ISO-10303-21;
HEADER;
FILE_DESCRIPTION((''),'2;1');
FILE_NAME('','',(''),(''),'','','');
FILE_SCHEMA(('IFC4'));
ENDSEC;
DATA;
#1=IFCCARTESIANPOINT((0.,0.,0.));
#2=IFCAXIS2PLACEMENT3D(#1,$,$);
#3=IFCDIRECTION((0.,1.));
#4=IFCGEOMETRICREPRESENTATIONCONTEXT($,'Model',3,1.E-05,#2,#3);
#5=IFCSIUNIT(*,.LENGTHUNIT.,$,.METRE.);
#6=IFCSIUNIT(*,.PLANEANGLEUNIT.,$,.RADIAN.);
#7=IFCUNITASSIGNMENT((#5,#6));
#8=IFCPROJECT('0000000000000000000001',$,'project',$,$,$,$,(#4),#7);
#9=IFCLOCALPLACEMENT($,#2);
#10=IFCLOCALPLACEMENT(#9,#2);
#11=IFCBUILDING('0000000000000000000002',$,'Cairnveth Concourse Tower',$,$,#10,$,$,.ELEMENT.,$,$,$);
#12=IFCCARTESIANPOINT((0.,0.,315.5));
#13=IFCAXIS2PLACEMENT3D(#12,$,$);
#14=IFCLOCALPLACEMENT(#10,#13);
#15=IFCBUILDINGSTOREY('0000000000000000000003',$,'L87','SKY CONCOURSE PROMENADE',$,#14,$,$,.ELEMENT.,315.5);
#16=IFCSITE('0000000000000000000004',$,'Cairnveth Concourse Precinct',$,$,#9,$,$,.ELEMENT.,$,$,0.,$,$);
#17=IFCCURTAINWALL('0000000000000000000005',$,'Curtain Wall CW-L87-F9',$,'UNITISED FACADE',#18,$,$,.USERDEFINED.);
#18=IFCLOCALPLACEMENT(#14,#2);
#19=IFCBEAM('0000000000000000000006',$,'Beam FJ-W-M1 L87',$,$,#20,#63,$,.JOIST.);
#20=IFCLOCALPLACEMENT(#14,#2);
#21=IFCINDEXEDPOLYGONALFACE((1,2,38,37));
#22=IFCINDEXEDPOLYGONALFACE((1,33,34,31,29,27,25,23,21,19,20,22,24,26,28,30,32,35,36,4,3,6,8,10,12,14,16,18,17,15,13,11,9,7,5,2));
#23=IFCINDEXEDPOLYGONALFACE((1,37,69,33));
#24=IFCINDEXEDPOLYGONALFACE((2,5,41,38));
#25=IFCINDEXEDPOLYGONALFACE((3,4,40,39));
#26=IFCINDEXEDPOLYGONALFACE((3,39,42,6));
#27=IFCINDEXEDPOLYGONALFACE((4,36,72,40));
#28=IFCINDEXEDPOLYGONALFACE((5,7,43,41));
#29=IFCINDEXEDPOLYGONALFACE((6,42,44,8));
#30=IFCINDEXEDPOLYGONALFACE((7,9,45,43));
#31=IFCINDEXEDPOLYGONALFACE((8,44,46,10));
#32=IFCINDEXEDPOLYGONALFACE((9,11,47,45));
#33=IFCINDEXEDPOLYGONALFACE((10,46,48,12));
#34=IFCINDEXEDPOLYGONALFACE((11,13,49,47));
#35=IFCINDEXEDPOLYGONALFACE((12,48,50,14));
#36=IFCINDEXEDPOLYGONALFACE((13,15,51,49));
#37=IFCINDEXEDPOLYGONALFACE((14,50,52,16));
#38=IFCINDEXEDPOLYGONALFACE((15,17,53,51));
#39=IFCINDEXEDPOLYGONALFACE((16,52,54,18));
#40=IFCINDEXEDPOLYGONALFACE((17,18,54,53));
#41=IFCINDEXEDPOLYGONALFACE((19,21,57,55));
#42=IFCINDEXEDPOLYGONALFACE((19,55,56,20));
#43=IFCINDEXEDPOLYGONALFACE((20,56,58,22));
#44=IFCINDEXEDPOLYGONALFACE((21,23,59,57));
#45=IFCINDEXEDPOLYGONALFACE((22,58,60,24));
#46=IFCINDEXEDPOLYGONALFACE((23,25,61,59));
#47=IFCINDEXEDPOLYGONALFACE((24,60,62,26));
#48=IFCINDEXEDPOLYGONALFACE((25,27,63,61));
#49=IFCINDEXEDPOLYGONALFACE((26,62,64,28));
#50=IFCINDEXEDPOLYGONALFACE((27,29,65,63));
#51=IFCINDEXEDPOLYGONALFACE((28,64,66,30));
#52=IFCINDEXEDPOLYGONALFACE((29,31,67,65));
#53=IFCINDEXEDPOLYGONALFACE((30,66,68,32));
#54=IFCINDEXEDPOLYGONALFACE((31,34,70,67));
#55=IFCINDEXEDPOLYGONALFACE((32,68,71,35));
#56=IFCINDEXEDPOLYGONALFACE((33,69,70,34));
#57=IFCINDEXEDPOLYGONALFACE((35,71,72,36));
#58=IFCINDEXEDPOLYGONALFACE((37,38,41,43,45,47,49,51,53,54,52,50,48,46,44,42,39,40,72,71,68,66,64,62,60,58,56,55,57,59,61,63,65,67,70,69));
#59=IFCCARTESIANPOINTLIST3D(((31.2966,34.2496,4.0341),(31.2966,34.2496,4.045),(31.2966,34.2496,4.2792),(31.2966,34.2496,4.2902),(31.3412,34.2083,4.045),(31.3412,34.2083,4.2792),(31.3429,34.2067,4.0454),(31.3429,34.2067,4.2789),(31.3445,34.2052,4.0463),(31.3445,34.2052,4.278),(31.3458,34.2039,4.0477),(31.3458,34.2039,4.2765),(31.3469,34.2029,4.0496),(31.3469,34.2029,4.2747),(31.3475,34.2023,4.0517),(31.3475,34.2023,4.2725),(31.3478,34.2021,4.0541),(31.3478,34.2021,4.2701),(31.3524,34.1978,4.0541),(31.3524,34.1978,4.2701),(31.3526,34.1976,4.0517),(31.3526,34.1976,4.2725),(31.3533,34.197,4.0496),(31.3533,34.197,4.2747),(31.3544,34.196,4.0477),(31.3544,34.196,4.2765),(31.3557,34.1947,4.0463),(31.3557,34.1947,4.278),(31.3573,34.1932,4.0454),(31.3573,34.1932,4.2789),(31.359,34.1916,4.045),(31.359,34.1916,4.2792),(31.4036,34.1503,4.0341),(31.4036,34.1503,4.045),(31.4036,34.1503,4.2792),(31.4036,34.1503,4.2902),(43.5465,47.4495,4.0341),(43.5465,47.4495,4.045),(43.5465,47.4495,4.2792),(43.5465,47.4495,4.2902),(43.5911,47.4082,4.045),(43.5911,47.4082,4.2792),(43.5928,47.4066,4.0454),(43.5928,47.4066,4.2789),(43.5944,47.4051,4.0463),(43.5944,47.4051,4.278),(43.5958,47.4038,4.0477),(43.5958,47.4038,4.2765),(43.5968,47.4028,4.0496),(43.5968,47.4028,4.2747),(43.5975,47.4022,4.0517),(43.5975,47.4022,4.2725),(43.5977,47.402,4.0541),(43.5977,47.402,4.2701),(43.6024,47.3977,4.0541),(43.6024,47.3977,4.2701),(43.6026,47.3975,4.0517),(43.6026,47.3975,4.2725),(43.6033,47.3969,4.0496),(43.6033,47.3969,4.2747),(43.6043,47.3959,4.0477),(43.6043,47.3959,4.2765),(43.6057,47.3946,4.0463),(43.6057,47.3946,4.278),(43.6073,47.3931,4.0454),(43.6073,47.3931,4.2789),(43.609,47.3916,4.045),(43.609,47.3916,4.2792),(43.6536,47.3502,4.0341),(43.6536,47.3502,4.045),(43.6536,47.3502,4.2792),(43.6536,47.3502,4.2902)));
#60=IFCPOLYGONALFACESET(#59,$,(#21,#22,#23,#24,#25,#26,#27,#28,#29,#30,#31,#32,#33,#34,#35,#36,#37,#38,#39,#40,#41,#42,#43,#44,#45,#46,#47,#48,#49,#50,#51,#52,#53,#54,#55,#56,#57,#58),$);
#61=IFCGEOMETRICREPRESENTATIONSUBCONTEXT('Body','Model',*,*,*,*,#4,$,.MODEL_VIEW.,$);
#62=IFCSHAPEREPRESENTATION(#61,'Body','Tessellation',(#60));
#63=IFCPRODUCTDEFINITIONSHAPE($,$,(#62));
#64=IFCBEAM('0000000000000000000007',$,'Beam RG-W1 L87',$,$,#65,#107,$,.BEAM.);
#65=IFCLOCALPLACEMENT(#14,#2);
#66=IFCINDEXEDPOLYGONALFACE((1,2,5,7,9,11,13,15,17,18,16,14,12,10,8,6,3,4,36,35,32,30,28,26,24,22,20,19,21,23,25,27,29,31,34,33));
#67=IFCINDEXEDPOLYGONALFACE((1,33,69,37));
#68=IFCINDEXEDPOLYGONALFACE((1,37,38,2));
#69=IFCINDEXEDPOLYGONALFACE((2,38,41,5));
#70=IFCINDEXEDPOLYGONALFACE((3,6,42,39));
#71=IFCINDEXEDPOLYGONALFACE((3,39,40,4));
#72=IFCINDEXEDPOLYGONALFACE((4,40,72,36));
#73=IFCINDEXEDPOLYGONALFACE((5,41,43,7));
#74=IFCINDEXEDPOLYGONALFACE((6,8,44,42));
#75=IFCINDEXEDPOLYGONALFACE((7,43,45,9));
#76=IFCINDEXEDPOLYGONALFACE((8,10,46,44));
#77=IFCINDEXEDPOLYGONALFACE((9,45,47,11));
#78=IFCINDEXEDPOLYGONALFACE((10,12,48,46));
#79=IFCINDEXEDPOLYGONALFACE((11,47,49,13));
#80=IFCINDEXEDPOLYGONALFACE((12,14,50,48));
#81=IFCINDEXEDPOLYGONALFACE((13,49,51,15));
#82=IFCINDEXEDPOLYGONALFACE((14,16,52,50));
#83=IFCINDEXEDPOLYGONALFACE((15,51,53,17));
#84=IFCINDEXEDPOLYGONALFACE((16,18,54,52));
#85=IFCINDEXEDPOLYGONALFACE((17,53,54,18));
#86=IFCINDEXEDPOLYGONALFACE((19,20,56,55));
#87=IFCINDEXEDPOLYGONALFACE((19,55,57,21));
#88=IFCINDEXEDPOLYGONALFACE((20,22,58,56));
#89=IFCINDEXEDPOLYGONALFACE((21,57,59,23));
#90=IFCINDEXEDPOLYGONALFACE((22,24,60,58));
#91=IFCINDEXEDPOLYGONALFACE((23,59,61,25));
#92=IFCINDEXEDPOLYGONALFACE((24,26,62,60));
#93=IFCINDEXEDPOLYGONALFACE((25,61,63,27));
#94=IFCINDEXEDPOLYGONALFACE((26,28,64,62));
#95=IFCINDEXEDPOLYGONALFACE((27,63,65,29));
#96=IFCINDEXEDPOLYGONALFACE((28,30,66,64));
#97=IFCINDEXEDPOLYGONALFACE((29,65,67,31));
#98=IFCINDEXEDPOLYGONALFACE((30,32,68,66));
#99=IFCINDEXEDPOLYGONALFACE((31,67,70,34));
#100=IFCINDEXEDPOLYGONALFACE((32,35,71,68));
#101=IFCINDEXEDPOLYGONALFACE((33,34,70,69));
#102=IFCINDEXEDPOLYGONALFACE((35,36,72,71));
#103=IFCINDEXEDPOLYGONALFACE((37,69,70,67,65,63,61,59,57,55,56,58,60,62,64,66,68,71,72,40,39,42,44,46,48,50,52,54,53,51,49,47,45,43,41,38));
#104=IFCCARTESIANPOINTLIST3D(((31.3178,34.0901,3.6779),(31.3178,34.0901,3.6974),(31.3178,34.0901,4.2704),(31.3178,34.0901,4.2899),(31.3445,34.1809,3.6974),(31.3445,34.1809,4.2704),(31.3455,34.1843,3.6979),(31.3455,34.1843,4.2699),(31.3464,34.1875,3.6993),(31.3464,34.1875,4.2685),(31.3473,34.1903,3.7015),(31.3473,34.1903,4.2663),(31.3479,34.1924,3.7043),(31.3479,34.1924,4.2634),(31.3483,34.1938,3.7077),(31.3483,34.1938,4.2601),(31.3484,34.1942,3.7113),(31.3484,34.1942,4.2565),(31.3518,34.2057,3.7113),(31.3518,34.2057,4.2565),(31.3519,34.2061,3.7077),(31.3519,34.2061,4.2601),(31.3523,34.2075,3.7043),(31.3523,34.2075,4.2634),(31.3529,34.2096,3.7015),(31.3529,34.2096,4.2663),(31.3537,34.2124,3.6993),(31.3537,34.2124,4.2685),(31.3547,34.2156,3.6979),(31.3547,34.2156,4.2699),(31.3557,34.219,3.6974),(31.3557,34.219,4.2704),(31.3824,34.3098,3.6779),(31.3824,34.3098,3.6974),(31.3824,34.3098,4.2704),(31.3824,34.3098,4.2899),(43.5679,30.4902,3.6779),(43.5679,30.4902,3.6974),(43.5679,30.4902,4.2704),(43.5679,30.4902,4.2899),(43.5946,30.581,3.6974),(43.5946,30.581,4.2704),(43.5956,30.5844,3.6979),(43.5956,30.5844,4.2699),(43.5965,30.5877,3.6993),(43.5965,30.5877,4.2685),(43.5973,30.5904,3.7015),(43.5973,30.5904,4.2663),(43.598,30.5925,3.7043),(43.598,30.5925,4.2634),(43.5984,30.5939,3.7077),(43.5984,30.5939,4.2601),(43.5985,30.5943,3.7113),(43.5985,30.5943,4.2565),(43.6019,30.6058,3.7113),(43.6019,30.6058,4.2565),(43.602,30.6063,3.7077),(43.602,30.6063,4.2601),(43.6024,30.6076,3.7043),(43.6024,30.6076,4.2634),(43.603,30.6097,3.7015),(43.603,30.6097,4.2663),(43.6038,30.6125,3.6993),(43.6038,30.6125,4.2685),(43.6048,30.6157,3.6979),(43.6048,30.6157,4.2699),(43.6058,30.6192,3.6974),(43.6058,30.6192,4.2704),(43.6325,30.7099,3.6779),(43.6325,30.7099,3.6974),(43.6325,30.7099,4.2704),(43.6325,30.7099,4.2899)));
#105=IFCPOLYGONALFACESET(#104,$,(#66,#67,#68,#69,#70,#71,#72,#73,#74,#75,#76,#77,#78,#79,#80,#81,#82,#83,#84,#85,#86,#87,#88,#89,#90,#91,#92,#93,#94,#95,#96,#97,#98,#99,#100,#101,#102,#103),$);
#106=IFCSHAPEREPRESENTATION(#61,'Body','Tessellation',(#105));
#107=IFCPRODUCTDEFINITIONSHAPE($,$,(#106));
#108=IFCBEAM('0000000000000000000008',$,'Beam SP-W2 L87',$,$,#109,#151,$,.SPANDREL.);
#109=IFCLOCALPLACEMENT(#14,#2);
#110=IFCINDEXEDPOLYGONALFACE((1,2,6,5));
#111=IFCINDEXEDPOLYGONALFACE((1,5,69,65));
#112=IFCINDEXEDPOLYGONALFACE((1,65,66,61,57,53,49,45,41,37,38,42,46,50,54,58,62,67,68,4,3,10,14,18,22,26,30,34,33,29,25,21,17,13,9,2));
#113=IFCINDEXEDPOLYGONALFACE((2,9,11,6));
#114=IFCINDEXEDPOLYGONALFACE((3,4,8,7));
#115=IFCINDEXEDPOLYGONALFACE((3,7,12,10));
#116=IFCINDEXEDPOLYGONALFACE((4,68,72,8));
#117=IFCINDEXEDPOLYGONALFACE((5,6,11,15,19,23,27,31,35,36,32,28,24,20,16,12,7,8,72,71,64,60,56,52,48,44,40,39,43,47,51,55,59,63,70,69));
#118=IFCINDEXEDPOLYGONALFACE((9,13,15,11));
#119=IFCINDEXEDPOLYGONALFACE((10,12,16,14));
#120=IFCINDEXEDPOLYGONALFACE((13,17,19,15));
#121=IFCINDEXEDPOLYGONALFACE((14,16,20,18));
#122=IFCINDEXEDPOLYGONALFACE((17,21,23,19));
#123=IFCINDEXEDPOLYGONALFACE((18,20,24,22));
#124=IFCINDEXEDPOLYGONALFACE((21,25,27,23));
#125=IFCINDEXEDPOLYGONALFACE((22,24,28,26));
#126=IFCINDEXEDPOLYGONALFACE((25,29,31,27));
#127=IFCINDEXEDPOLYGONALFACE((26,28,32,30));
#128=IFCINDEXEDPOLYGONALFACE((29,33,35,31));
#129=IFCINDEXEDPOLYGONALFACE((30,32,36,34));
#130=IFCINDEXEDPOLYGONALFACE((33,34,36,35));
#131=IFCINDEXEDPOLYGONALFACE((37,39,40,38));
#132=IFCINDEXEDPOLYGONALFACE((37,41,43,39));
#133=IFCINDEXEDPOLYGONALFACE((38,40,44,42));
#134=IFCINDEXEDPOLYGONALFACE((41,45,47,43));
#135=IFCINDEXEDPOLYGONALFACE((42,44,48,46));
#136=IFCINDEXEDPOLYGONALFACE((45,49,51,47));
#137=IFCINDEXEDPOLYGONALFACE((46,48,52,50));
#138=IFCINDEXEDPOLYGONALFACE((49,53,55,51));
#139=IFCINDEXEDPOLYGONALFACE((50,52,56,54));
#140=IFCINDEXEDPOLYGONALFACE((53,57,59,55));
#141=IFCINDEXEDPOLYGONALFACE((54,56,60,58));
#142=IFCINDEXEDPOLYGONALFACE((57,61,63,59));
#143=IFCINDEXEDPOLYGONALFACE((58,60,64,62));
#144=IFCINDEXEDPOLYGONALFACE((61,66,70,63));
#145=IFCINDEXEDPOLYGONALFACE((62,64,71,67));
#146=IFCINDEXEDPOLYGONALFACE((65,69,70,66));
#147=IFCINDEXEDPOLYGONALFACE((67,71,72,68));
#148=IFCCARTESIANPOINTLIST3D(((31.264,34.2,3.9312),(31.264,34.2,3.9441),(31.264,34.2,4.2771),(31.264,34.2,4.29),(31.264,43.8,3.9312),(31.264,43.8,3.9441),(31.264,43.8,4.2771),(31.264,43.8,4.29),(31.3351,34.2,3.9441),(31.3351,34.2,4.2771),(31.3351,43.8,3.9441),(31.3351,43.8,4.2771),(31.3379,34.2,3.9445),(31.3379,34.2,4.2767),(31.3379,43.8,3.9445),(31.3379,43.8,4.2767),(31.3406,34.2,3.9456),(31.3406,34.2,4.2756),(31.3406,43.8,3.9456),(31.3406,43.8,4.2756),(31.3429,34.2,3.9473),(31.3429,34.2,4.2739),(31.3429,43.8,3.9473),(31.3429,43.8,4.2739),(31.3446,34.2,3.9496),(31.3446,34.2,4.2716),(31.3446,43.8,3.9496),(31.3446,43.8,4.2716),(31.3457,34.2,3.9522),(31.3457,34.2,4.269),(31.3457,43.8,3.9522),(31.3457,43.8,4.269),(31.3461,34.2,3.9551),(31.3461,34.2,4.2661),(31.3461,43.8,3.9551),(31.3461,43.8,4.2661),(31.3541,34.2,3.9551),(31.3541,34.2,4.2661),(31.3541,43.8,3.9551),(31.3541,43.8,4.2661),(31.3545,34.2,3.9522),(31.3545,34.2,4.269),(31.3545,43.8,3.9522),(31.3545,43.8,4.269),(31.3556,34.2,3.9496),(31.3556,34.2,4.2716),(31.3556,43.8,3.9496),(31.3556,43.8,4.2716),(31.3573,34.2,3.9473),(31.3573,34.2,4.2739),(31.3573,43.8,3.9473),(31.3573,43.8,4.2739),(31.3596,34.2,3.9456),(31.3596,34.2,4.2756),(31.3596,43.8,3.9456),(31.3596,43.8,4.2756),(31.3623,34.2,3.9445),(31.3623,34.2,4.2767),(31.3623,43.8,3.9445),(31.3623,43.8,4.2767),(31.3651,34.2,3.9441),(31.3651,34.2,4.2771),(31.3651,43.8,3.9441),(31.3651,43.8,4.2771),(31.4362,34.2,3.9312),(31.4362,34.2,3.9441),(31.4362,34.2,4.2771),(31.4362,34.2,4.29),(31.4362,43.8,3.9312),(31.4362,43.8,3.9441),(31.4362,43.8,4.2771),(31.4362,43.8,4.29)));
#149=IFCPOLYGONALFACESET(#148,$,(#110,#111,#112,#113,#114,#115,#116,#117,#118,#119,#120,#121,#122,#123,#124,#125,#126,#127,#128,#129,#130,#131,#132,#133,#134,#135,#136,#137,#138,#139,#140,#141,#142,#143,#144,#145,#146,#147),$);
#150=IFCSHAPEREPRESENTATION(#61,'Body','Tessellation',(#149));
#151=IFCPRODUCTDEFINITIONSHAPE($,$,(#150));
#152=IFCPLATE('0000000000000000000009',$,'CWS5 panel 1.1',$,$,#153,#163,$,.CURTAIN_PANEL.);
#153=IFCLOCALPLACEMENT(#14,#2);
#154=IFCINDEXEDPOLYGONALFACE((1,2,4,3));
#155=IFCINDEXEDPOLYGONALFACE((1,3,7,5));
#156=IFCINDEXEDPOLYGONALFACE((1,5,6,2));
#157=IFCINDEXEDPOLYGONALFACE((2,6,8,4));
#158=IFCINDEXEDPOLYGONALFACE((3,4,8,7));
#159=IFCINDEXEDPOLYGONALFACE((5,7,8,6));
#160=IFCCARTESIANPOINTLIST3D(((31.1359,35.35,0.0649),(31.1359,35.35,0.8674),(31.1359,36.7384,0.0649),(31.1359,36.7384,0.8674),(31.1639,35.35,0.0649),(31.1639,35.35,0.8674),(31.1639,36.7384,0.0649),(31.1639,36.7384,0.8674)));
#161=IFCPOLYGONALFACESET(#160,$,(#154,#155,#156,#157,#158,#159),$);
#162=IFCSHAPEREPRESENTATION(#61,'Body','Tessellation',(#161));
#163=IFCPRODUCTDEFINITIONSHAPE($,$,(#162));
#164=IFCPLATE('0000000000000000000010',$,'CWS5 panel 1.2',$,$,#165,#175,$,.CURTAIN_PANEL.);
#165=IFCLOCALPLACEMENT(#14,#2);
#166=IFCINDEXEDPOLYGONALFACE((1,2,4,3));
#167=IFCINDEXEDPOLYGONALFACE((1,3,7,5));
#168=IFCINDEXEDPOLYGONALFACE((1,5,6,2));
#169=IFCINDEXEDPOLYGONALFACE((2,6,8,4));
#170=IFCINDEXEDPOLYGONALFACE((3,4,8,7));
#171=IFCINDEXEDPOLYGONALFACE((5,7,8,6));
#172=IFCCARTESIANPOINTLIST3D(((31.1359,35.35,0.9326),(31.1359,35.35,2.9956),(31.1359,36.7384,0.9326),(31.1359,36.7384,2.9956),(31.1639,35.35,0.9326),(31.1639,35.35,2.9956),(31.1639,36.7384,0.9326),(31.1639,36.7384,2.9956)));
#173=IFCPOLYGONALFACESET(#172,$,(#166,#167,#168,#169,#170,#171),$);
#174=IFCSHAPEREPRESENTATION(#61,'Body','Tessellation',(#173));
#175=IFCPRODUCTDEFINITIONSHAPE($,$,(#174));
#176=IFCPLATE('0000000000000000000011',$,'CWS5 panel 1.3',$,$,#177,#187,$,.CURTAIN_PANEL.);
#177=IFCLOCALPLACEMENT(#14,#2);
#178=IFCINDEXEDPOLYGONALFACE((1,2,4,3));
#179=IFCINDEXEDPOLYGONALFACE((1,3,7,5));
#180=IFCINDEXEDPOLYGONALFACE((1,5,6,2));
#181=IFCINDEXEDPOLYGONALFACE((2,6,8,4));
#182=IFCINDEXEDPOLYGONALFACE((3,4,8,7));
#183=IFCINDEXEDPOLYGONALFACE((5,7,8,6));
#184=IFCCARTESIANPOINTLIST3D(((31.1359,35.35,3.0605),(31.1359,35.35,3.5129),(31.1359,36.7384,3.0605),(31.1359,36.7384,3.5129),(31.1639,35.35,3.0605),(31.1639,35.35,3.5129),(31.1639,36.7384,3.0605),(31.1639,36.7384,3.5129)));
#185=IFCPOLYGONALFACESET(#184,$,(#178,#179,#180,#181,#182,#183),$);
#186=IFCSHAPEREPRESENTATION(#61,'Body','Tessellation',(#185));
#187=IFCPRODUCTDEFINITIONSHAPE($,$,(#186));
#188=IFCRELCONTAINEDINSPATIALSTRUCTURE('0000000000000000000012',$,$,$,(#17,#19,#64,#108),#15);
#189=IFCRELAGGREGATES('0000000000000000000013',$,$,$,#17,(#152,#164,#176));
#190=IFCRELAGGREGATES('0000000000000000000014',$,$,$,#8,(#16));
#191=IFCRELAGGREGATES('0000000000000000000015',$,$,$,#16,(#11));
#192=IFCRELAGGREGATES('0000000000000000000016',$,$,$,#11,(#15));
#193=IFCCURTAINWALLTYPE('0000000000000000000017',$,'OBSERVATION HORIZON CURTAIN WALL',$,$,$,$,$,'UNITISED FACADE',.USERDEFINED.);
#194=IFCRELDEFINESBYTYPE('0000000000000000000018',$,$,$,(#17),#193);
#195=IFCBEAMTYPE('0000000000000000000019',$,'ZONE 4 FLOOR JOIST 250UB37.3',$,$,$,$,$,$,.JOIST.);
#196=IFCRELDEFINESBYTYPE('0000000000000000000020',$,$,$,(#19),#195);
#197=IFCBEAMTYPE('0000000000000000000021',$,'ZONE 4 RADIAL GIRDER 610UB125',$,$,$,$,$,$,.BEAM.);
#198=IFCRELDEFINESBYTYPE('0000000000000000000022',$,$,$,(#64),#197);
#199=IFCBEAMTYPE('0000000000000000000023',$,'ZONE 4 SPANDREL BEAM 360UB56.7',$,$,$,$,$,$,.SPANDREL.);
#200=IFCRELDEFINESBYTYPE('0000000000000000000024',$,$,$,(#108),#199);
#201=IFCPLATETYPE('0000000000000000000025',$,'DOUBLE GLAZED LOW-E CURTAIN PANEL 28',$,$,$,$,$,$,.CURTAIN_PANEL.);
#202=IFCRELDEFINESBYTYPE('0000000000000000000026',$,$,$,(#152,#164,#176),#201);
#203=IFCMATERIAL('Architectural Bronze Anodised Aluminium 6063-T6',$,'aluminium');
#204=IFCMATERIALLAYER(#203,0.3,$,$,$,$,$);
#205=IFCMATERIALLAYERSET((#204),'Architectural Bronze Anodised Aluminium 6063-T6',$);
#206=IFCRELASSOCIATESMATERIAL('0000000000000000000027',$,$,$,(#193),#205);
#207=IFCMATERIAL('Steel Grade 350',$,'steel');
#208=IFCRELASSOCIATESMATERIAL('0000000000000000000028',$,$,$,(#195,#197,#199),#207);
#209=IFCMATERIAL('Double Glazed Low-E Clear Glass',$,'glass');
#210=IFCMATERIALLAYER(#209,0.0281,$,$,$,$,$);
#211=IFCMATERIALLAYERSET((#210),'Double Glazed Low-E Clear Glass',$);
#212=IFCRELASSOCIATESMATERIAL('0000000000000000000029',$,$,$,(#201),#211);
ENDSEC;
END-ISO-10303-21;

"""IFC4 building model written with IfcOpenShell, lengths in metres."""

from ifc_helpers import new_model, si_unit, direction, frame, origin, origin_2d, place, context, subcontext, project, spatial, rectangle, i_section, extrude, material, layer, layer_set, material_profile, profile_set, type_object, element, aggregate, save


model = new_model("IFC4")

# Units and contexts
model_context = context("Model", 3, precision=1e-05, world=origin(), true_north=direction((0.0, 1.0)))
body_context = subcontext(model_context, "Body", "Model", "MODEL_VIEW")
ifc_project = project(units=[si_unit("LENGTHUNIT", "METRE"), si_unit("PLANEANGLEUNIT", "RADIAN")], contexts=[model_context])

# Site, building, storey
site_placement = place(None, origin())
site = spatial("IfcSite", under=ifc_project, at=site_placement, Name="Cairnveth Concourse Precinct", CompositionType="ELEMENT", RefElevation=0.0)
building_placement = place(site_placement, origin())
building = spatial("IfcBuilding", under=site, at=building_placement, Name="Cairnveth Concourse Tower", CompositionType="ELEMENT")
storey_placement = place(building_placement, frame((0.0, 0.0, 315.5)))
storey = spatial("IfcBuildingStorey", under=building, at=storey_placement, Name="L87", Description="SKY CONCOURSE PROMENADE", CompositionType="ELEMENT", Elevation=315.5)

# Curtain wall
ifc_material_1 = material(Name="Architectural Bronze Anodised Aluminium 6063-T6", Category="aluminium")
ifc_layer_1 = layer(ifc_material_1, 0.3)
ifc_layer_set_1 = layer_set([ifc_layer_1], Name="Architectural Bronze Anodised Aluminium 6063-T6")
curtain_wall_type = type_object("IfcCurtainWallType", Name="OBSERVATION HORIZON CURTAIN WALL", ElementType="UNITISED FACADE", PredefinedType="USERDEFINED", material=ifc_layer_set_1)
curtain_wall_placement = place(storey_placement, origin())
curtain_wall = element("IfcCurtainWall", 1, at=curtain_wall_placement, inside=storey, type_object=curtain_wall_type, Name="Curtain Wall CW-L87-F9", ObjectType="UNITISED FACADE", PredefinedType="USERDEFINED")

# Beams
ifc_material_2 = material(Name="Steel Grade 350", Category="steel")
ifc_material_profile_1 = material_profile(ifc_material_2, i_section(OverallWidth=0.146, OverallDepth=0.2561, WebThickness=0.0063, FlangeThickness=0.011, FilletRadius=0.009, at=origin_2d()), Name="250UB37.3")
ifc_profile_set_1 = profile_set([ifc_material_profile_1], Name="Steel Grade 350")
beam_type_1 = type_object("IfcBeamType", Name="ZONE 4 FLOOR JOIST 250UB37.3", PredefinedType="JOIST", material=ifc_profile_set_1)
beam_1_placement = place(storey_placement, frame((31.3501, 34.2, 4.1621), z_axis=(0.680239, 0.73299, 0.0), x_axis=(-0.73299, 0.680239, 0.0)))
element("IfcBeam", 2, at=beam_1_placement, inside=storey, type_object=beam_type_1, Name="Beam FJ-W-M1 L87", PredefinedType="JOIST", context=body_context, shape_type="SweptSolid", body=[
    extrude(i_section(OverallWidth=0.146, OverallDepth=0.2561, WebThickness=0.0063, FlangeThickness=0.011, FilletRadius=0.009, at=origin_2d()), origin(), (0.0, 0.0, 1.0), 18.0083),
])
ifc_material_profile_2 = material_profile(ifc_material_2, i_section(OverallWidth=0.229, OverallDepth=0.6121, WebThickness=0.012, FlangeThickness=0.0195, FilletRadius=0.0139, at=origin_2d()), Name="610UB125")
ifc_profile_set_2 = profile_set([ifc_material_profile_2], Name="Steel Grade 350")
beam_type_2 = type_object("IfcBeamType", Name="ZONE 4 RADIAL GIRDER 610UB125", PredefinedType="BEAM", material=ifc_profile_set_2)
beam_2_placement = place(storey_placement, frame((31.3501, 34.2, 3.9839), z_axis=(0.959431, -0.281944, 0.0), x_axis=(0.281944, 0.959431, 0.0)))
element("IfcBeam", 3, at=beam_2_placement, inside=storey, type_object=beam_type_2, Name="Beam RG-W1 L87", PredefinedType="BEAM", context=body_context, shape_type="SweptSolid", body=[
    extrude(i_section(OverallWidth=0.229, OverallDepth=0.6121, WebThickness=0.012, FlangeThickness=0.0195, FilletRadius=0.0139, at=origin_2d()), origin(), (0.0, 0.0, 1.0), 12.7681),
])
ifc_material_profile_3 = material_profile(ifc_material_2, i_section(OverallWidth=0.1721, OverallDepth=0.3589, WebThickness=0.0081, FlangeThickness=0.0129, FilletRadius=0.011, at=origin_2d()), Name="360UB56.7")
ifc_profile_set_3 = profile_set([ifc_material_profile_3], Name="Steel Grade 350")
beam_type_3 = type_object("IfcBeamType", Name="ZONE 4 SPANDREL BEAM 360UB56.7", PredefinedType="SPANDREL", material=ifc_profile_set_3)
beam_3_placement = place(storey_placement, frame((31.3501, 34.2, 4.1106), z_axis=(0.0, 1.0, 0.0), x_axis=(-1.0, 0.0, 0.0)))
element("IfcBeam", 4, at=beam_3_placement, inside=storey, type_object=beam_type_3, Name="Beam SP-W2 L87", PredefinedType="SPANDREL", context=body_context, shape_type="SweptSolid", body=[
    extrude(i_section(OverallWidth=0.1721, OverallDepth=0.3589, WebThickness=0.0081, FlangeThickness=0.0129, FilletRadius=0.011, at=origin_2d()), origin(), (0.0, 0.0, 1.0), 9.6001),
])

# Plates
ifc_material_3 = material(Name="Double Glazed Low-E Clear Glass", Category="glass")
ifc_layer_2 = layer(ifc_material_3, 0.0281)
ifc_layer_set_2 = layer_set([ifc_layer_2], Name="Double Glazed Low-E Clear Glass")
plate_type_1 = type_object("IfcPlateType", Name="DOUBLE GLAZED LOW-E CURTAIN PANEL 28", PredefinedType="CURTAIN_PANEL", material=ifc_layer_set_2)
plate_1_placement = place(storey_placement, frame((31.1499, 36.0442, 0.0649), z_axis=(0.0, 0.0, 1.0), x_axis=(0.0, 1.0, 0.0)))
plate_1 = element("IfcPlate", 5, at=plate_1_placement, type_object=plate_type_1, Name="CWS5 panel 1.1", PredefinedType="CURTAIN_PANEL", context=body_context, shape_type="SweptSolid", body=[
    extrude(rectangle(XDim=1.3884, YDim=0.0281, at=origin_2d()), origin(), (0.0, 0.0, 1.0), 0.8025),
])
plate_2_placement = place(storey_placement, frame((31.1499, 36.0442, 0.9326), z_axis=(0.0, 0.0, 1.0), x_axis=(0.0, 1.0, 0.0)))
plate_2 = element("IfcPlate", 6, at=plate_2_placement, type_object=plate_type_1, Name="CWS5 panel 1.2", PredefinedType="CURTAIN_PANEL", context=body_context, shape_type="SweptSolid", body=[
    extrude(rectangle(XDim=1.3884, YDim=0.0281, at=origin_2d()), origin(), (0.0, 0.0, 1.0), 2.063),
])
plate_3_placement = place(storey_placement, frame((31.1499, 36.0442, 3.0605), z_axis=(0.0, 0.0, 1.0), x_axis=(0.0, 1.0, 0.0)))
plate_3 = element("IfcPlate", 7, at=plate_3_placement, type_object=plate_type_1, Name="CWS5 panel 1.3", PredefinedType="CURTAIN_PANEL", context=body_context, shape_type="SweptSolid", body=[
    extrude(rectangle(XDim=1.3884, YDim=0.0281, at=origin_2d()), origin(), (0.0, 0.0, 1.0), 0.4524),
])
aggregate(curtain_wall, [plate_1, plate_2, plate_3])

save(model, "model.ifc")
